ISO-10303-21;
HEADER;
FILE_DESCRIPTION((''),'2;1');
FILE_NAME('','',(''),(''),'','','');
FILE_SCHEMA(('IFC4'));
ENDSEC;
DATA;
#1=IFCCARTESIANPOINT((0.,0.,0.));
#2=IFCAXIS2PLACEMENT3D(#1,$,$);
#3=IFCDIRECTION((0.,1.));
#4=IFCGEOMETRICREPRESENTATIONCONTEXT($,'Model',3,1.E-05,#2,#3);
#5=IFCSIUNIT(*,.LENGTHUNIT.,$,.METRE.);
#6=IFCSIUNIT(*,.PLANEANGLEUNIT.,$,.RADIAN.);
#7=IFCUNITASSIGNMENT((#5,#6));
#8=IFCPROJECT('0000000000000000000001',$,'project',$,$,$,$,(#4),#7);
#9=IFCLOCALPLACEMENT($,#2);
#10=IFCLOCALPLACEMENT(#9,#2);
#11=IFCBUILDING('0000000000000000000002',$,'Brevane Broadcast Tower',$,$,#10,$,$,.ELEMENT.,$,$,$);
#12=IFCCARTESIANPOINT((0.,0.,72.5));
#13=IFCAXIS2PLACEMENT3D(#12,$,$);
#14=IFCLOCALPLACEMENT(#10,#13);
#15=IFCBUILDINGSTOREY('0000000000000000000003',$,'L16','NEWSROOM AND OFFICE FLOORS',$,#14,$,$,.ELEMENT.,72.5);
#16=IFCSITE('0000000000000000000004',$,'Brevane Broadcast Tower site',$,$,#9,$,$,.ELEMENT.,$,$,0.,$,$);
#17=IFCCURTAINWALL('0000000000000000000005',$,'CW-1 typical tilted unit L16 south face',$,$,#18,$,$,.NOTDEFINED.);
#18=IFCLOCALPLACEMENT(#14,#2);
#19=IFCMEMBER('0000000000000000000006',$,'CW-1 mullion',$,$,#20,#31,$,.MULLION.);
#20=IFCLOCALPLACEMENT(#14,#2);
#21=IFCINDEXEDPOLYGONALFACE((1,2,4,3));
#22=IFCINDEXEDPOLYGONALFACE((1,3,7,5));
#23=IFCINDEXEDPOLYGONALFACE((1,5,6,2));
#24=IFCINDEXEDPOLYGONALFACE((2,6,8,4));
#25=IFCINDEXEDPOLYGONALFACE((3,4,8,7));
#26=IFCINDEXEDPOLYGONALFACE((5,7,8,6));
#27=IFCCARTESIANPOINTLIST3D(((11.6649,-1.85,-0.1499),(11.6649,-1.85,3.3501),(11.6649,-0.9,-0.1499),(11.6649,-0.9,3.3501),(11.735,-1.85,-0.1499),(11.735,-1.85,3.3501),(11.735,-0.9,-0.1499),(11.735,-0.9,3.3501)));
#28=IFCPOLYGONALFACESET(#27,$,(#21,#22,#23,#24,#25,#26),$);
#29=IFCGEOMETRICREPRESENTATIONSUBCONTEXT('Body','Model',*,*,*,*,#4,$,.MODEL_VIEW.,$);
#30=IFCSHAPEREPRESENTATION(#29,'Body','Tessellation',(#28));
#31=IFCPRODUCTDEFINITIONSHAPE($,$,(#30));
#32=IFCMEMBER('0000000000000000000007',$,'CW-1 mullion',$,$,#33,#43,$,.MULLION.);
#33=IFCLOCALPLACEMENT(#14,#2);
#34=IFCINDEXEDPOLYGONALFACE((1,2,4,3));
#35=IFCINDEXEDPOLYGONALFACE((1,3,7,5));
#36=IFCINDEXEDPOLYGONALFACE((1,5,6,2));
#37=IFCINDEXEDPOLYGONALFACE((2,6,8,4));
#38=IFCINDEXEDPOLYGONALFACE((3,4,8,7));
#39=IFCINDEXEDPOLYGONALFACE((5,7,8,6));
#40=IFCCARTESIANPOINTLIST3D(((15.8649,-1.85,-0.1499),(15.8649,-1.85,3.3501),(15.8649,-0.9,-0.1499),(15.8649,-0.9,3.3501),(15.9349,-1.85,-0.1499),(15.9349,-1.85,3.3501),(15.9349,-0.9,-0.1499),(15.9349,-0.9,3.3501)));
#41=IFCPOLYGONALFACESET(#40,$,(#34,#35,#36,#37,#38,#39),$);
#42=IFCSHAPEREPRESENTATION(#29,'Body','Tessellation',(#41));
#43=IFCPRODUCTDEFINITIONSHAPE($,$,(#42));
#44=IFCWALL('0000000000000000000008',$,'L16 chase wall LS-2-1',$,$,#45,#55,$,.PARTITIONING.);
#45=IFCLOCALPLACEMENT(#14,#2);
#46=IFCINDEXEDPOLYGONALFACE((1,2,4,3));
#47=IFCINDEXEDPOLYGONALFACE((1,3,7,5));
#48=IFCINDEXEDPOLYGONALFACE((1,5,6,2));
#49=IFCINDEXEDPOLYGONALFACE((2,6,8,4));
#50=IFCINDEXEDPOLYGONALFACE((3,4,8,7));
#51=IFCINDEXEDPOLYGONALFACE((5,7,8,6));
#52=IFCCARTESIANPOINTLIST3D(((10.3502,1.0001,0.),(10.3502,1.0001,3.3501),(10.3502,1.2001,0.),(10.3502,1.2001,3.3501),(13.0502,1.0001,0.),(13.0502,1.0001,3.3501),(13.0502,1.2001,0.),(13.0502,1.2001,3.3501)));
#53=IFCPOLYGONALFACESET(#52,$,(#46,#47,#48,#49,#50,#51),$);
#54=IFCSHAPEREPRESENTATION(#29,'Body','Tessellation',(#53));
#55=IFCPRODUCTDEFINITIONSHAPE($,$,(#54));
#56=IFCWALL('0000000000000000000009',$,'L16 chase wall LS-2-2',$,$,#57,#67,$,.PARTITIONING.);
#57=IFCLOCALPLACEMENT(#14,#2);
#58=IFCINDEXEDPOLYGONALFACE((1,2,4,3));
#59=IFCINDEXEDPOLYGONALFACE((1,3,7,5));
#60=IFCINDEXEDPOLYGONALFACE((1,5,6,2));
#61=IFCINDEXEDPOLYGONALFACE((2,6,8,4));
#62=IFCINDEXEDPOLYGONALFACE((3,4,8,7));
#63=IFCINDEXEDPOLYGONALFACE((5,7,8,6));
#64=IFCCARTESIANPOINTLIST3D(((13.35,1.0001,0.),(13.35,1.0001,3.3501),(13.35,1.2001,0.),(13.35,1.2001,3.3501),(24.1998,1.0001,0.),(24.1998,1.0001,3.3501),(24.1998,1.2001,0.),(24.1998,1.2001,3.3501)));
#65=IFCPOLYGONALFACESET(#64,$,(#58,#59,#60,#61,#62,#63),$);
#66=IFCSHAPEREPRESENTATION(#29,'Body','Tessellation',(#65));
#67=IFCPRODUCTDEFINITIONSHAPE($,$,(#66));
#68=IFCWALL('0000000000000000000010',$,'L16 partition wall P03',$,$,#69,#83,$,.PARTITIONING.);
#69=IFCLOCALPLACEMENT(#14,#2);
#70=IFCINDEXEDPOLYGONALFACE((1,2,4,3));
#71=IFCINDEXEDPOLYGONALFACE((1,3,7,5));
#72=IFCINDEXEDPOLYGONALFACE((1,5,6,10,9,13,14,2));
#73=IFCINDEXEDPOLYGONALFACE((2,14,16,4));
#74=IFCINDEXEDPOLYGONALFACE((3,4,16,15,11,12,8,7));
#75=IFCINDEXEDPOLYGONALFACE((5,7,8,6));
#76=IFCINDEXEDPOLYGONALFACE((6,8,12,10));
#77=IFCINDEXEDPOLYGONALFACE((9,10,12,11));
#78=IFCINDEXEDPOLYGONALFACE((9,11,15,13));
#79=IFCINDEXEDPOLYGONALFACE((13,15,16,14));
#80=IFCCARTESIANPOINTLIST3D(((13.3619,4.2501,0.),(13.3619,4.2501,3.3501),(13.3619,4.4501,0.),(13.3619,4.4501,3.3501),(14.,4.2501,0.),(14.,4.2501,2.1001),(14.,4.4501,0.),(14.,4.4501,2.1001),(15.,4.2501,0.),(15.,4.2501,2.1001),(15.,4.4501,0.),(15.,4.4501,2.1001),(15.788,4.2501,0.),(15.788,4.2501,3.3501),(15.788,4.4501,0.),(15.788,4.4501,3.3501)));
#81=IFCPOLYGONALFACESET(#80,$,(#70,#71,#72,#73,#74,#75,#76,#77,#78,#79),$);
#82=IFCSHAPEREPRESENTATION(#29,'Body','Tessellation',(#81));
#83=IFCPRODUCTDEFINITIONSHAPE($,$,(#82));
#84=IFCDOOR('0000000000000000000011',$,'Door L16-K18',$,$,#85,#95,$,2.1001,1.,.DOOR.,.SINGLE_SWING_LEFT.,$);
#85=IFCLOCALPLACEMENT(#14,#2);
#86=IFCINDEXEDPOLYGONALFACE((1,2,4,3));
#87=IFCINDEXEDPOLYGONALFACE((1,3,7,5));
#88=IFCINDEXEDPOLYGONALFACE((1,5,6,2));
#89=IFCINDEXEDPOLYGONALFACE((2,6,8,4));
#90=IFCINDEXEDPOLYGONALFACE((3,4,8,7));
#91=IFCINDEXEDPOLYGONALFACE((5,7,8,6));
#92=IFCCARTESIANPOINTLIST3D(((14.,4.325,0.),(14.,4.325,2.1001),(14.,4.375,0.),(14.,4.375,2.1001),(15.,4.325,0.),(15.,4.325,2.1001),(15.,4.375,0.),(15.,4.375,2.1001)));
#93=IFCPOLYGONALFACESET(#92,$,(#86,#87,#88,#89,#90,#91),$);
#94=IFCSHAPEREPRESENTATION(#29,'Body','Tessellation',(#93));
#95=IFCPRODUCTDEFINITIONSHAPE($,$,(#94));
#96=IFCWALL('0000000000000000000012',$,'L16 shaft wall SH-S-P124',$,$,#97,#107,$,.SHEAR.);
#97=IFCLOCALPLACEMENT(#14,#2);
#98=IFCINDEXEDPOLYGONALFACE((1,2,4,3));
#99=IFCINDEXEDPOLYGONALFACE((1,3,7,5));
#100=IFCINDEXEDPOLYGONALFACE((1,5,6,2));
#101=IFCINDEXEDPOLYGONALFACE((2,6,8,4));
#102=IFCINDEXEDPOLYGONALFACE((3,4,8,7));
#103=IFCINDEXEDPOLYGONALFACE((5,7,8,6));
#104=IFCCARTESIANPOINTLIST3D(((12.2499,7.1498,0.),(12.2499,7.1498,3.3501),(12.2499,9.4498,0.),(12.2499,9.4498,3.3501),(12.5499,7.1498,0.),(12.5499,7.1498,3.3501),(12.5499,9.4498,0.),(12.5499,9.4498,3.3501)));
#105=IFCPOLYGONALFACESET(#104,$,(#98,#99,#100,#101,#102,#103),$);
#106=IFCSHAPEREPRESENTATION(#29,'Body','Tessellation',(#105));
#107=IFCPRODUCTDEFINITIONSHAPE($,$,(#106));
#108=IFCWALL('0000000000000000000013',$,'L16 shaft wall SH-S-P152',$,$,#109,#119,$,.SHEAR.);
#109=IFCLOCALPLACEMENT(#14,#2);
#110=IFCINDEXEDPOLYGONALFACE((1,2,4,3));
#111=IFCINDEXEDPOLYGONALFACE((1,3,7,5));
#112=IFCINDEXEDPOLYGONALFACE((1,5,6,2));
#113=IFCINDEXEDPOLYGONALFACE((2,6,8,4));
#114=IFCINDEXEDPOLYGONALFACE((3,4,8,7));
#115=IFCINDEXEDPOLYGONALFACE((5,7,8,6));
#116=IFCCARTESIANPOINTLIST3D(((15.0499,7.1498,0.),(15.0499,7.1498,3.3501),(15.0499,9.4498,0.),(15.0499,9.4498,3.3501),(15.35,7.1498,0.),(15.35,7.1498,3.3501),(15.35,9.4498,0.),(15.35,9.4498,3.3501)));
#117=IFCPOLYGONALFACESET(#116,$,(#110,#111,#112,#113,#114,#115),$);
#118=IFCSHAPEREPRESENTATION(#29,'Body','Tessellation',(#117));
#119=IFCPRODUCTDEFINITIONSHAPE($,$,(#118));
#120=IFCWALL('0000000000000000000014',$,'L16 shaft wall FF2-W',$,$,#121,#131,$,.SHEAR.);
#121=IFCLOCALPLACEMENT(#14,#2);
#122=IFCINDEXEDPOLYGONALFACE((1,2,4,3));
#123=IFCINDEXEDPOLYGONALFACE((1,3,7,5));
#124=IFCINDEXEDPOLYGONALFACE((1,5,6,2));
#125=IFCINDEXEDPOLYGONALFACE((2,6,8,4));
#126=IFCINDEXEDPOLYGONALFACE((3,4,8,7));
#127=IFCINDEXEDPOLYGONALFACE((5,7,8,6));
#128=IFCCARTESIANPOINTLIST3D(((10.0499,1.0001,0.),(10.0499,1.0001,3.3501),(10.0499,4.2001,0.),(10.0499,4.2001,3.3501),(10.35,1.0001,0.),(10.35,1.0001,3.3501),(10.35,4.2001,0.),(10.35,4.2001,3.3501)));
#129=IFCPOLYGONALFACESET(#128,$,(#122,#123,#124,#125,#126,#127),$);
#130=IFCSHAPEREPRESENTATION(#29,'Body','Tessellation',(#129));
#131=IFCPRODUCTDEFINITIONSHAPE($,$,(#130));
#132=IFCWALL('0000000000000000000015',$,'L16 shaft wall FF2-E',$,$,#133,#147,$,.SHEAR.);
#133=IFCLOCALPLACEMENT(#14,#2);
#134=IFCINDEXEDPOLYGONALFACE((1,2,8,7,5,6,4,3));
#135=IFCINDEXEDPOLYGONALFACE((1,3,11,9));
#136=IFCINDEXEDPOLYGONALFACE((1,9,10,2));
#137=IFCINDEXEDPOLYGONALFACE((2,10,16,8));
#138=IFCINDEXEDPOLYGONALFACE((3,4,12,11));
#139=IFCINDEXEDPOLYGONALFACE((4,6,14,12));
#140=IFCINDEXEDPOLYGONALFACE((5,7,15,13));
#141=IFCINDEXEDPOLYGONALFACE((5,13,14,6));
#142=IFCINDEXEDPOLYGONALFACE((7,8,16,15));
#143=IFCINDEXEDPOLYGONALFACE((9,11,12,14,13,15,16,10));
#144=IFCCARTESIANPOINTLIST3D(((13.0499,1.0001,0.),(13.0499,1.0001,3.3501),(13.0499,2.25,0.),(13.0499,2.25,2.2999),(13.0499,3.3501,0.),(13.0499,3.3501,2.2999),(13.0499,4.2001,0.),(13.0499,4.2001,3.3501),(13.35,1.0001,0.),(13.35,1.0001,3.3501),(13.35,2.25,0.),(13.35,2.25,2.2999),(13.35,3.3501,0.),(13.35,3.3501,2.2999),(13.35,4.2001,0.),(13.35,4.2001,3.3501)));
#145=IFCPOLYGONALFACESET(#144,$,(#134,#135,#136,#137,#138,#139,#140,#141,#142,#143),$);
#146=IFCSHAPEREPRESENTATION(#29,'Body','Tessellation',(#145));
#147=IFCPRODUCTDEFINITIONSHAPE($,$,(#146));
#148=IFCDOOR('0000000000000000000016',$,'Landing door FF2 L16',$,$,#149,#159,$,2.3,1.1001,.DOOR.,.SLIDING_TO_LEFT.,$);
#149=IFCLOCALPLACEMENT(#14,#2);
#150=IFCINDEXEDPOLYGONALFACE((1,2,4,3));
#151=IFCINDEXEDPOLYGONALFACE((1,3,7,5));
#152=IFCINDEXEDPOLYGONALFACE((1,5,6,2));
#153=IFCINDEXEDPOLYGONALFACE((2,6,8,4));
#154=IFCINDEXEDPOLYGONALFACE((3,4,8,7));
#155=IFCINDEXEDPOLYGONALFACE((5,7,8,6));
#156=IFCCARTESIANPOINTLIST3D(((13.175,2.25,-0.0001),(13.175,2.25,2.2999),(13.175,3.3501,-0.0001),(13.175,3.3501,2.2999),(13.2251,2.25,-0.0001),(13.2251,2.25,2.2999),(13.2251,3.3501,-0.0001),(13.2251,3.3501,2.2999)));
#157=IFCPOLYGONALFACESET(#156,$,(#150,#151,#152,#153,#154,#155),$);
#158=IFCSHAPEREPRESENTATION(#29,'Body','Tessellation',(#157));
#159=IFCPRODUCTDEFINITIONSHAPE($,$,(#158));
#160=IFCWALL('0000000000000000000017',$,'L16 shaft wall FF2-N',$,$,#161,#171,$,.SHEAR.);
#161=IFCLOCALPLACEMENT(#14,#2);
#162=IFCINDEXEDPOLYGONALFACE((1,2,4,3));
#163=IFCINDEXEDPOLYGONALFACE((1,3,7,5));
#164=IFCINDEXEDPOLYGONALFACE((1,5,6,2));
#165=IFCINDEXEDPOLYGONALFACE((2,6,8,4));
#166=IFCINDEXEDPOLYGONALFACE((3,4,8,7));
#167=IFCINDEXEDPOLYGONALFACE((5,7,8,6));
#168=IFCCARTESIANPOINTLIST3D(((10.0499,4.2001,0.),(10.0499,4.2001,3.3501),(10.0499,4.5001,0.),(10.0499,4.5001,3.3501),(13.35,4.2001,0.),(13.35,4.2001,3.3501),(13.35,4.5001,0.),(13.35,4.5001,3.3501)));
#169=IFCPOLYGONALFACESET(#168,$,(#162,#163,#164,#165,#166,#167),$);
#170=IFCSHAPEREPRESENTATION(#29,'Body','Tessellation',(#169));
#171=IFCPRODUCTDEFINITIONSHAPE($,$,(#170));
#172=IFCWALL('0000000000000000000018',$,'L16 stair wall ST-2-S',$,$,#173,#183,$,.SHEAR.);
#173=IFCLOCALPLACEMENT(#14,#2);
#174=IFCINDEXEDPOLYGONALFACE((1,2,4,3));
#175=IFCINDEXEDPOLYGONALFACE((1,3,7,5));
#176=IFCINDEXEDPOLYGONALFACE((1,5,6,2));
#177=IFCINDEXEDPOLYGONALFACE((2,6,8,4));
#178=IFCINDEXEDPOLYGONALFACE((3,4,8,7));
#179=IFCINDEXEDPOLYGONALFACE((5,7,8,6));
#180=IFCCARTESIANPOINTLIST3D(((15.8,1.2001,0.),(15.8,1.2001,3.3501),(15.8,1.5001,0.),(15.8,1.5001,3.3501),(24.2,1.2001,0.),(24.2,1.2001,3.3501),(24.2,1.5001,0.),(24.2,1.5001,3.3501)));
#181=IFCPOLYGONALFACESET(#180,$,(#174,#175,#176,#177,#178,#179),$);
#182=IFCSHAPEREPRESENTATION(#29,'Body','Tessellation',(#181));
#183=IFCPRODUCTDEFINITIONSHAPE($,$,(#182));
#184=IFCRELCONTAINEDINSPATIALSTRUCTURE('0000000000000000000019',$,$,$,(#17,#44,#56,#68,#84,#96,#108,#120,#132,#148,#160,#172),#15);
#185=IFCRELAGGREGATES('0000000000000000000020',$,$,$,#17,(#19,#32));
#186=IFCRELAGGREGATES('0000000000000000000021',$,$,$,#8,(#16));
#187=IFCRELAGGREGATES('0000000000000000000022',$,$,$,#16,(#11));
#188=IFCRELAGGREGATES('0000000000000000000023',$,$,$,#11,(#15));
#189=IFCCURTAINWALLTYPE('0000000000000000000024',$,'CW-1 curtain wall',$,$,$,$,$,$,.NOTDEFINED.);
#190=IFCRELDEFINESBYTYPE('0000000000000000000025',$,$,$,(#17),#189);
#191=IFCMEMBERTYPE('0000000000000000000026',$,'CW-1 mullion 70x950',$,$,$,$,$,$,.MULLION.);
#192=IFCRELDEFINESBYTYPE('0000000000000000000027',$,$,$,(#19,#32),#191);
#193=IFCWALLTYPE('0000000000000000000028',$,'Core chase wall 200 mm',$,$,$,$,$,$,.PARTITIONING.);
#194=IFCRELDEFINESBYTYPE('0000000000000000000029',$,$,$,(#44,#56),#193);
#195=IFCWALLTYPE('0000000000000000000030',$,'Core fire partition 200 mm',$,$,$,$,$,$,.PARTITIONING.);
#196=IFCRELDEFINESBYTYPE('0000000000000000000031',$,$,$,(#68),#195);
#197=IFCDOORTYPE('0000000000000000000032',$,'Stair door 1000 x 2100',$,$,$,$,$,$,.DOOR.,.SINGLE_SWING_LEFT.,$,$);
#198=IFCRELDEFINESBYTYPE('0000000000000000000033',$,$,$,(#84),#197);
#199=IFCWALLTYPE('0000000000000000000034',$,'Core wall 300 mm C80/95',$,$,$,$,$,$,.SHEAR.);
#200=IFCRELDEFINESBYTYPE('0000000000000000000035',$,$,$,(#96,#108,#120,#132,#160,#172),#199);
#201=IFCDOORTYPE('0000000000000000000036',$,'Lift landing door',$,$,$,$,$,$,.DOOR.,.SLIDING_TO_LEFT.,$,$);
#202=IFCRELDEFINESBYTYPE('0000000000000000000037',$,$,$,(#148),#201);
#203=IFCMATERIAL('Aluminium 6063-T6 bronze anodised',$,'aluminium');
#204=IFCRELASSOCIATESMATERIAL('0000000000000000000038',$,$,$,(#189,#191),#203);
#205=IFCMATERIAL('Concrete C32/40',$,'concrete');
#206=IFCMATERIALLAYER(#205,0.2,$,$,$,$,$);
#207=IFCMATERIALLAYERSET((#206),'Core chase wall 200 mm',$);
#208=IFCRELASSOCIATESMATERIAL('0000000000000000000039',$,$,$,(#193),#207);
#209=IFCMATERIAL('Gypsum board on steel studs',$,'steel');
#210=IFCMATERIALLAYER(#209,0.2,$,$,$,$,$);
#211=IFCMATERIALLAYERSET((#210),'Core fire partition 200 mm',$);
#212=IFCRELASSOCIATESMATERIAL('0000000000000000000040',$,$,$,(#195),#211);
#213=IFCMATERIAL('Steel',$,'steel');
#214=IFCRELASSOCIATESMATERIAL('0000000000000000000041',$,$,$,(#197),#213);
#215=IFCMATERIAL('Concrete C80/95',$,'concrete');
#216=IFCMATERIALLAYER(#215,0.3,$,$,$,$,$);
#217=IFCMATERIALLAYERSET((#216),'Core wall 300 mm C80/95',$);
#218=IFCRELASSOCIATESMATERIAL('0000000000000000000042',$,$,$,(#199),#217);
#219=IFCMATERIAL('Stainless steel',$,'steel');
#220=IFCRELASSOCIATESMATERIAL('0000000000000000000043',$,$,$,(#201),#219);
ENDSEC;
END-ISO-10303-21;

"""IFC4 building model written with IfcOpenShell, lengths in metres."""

from ifc_helpers import new_model, si_unit, direction, frame, frame_2d, origin, origin_2d, place, context, subcontext, project, spatial, rectangle, extrude, material, layer, layer_set, material_profile, profile_set, type_object, element, fill, aggregate, save


model = new_model("IFC4")

# Units and contexts
model_context = context("Model", 3, precision=1e-05, world=origin(), true_north=direction((0.0, 1.0)))
body_context = subcontext(model_context, "Body", "Model", "MODEL_VIEW")
ifc_project = project(units=[si_unit("LENGTHUNIT", "METRE"), si_unit("PLANEANGLEUNIT", "RADIAN")], contexts=[model_context])

# Site, building, storey
site_placement = place(None, origin())
site = spatial("IfcSite", under=ifc_project, at=site_placement, Name="Brevane Broadcast Tower site", CompositionType="ELEMENT", RefElevation=0.0)
building_placement = place(site_placement, origin())
building = spatial("IfcBuilding", under=site, at=building_placement, Name="Brevane Broadcast Tower", CompositionType="ELEMENT")
storey_placement = place(building_placement, frame((0.0, 0.0, 72.5)))
storey = spatial("IfcBuildingStorey", under=building, at=storey_placement, Name="L16", Description="NEWSROOM AND OFFICE FLOORS", CompositionType="ELEMENT", Elevation=72.5)

# Curtain wall, members
ifc_material_1 = material(Name="Aluminium 6063-T6 bronze anodised", Category="aluminium")
curtain_wall_type = type_object("IfcCurtainWallType", Name="CW-1 curtain wall", PredefinedType="NOTDEFINED", material=ifc_material_1)
curtain_wall_placement = place(storey_placement, origin())
curtain_wall = element("IfcCurtainWall", 1, at=curtain_wall_placement, inside=storey, type_object=curtain_wall_type, Name="CW-1 typical tilted unit L16 south face", PredefinedType="NOTDEFINED")
ifc_material_profile = material_profile(ifc_material_1, rectangle(XDim=0.95, YDim=0.0701, at=origin_2d()), Name="RECT 70x950")
ifc_profile_set = profile_set([ifc_material_profile], Name="Aluminium 6063-T6 bronze anodised")
member_type = type_object("IfcMemberType", Name="CW-1 mullion 70x950", PredefinedType="MULLION", material=ifc_profile_set)
member_1_placement = place(storey_placement, frame((11.7, -1.375, -0.1499), z_axis=(0.0, 0.0, 1.0), x_axis=(0.0, 1.0, 0.0)))
member_1 = element("IfcMember", 2, at=member_1_placement, type_object=member_type, Name="CW-1 mullion", PredefinedType="MULLION", context=body_context, shape_type="SweptSolid", body=[
    extrude(rectangle(XDim=0.95, YDim=0.0701, at=origin_2d()), origin(), (0.0, 0.0, 1.0), 3.5),
])
member_2_placement = place(storey_placement, frame((15.8999, -1.375, -0.1499), z_axis=(0.0, 0.0, 1.0), x_axis=(0.0, 1.0, 0.0)))
member_2 = element("IfcMember", 3, at=member_2_placement, type_object=member_type, Name="CW-1 mullion", PredefinedType="MULLION", context=body_context, shape_type="SweptSolid", body=[
    extrude(rectangle(XDim=0.95, YDim=0.0701, at=origin_2d()), origin(), (0.0, 0.0, 1.0), 3.5),
])
aggregate(curtain_wall, [member_1, member_2])

# Walls
ifc_material_2 = material(Name="Concrete C32/40", Category="concrete")
ifc_layer_1 = layer(ifc_material_2, 0.2)
ifc_layer_set_1 = layer_set([ifc_layer_1], Name="Core chase wall 200 mm")
wall_type_1 = type_object("IfcWallType", Name="Core chase wall 200 mm", PredefinedType="PARTITIONING", material=ifc_layer_set_1)
wall_1_placement = place(storey_placement, frame((10.3501, 1.1001, 0.0), z_axis=(0.0, 0.0, 1.0), x_axis=(1.0, 0.0, 0.0)))
element("IfcWall", 4, at=wall_1_placement, inside=storey, type_object=wall_type_1, Name="L16 chase wall LS-2-1", PredefinedType="PARTITIONING", context=body_context, shape_type="SweptSolid", body=[
    extrude(rectangle(XDim=2.7, YDim=0.2, at=frame_2d((1.3501, 0.0))), origin(), (0.0, 0.0, 1.0), 3.3501),
])
wall_2_placement = place(storey_placement, frame((13.3501, 1.1001, 0.0), z_axis=(0.0, 0.0, 1.0), x_axis=(1.0, 0.0, 0.0)))
element("IfcWall", 5, at=wall_2_placement, inside=storey, type_object=wall_type_1, Name="L16 chase wall LS-2-2", PredefinedType="PARTITIONING", context=body_context, shape_type="SweptSolid", body=[
    extrude(rectangle(XDim=10.8499, YDim=0.2, at=frame_2d((5.4248, 0.0))), origin(), (0.0, 0.0, 1.0), 3.3501),
])

# Wall, opening, door
ifc_material_3 = material(Name="Gypsum board on steel studs", Category="steel")
ifc_layer_2 = layer(ifc_material_3, 0.2)
ifc_layer_set_2 = layer_set([ifc_layer_2], Name="Core fire partition 200 mm")
wall_type_2 = type_object("IfcWallType", Name="Core fire partition 200 mm", PredefinedType="PARTITIONING", material=ifc_layer_set_2)
wall_3_placement = place(storey_placement, frame((13.3621, 4.3501, 0.0), z_axis=(0.0, 0.0, 1.0), x_axis=(1.0, 0.0, 0.0)))
wall_3 = element("IfcWall", 6, at=wall_3_placement, inside=storey, type_object=wall_type_2, Name="L16 partition wall P03", PredefinedType="PARTITIONING", context=body_context, shape_type="SweptSolid", body=[
    extrude(rectangle(XDim=2.426, YDim=0.2, at=frame_2d((1.2129, 0.0))), origin(), (0.0, 0.0, 1.0), 3.3501),
])
opening_1_placement = place(wall_3_placement, frame((0.6379, 0.0, 0.0)))
opening_1 = element("IfcOpeningElement", 7, at=opening_1_placement, cuts=wall_3, PredefinedType="OPENING", context=body_context, shape_type="SweptSolid", body=[
    extrude(rectangle(XDim=1.0, YDim=2.1001, at=frame_2d((0.5, 1.05))), frame((0.0, 0.1099, 0.0), z_axis=(0.0, -1.0, 0.0), x_axis=(1.0, 0.0, 0.0)), (0.0, 0.0, 1.0), 0.22),
])
ifc_material_4 = material(Name="Steel", Category="steel")
door_type_1 = type_object("IfcDoorType", Name="Stair door 1000 x 2100", OperationType="SINGLE_SWING_LEFT", PredefinedType="DOOR", material=ifc_material_4)
door_1_placement = place(opening_1_placement, origin())
door_1 = element("IfcDoor", 8, at=door_1_placement, inside=storey, type_object=door_type_1, Name="Door L16-K18", OperationType="SINGLE_SWING_LEFT", OverallHeight=2.1001, OverallWidth=1.0, PredefinedType="DOOR", context=body_context, shape_type="SweptSolid", body=[
    extrude(rectangle(XDim=1.0, YDim=2.1001, at=frame_2d((0.5, 1.05))), frame((0.0, 0.0249, 0.0), z_axis=(0.0, -1.0, 0.0), x_axis=(1.0, 0.0, 0.0)), (0.0, 0.0, 1.0), 0.05),
])
fill(opening_1, door_1)

# Walls
ifc_material_5 = material(Name="Concrete C80/95", Category="concrete")
ifc_layer_3 = layer(ifc_material_5, 0.3)
ifc_layer_set_3 = layer_set([ifc_layer_3], Name="Core wall 300 mm C80/95")
wall_type_3 = type_object("IfcWallType", Name="Core wall 300 mm C80/95", PredefinedType="SHEAR", material=ifc_layer_set_3)
for number, where, z_axis, x_axis, name in (
    (9, (12.3999, 7.1499, 0.0), (0.0, 0.0, 1.0), (0.0, 1.0, 0.0), "L16 shaft wall SH-S-P124"),
    (10, (15.2, 7.1499, 0.0), (0.0, 0.0, 1.0), (0.0, 1.0, 0.0), "L16 shaft wall SH-S-P152"),
):
    element("IfcWall", number, at=place(storey_placement, frame(where, z_axis=z_axis, x_axis=x_axis)), inside=storey, type_object=wall_type_3, Name=name, PredefinedType="SHEAR", context=body_context, shape_type="SweptSolid", body=[
        extrude(rectangle(XDim=2.3, YDim=0.3, at=frame_2d((1.1499, 0.0))), origin(), (0.0, 0.0, 1.0), 3.3501),
    ])
wall_4_placement = place(storey_placement, frame((10.2, 1.0, 0.0), z_axis=(0.0, 0.0, 1.0), x_axis=(0.0, 1.0, 0.0)))
element("IfcWall", 11, at=wall_4_placement, inside=storey, type_object=wall_type_3, Name="L16 shaft wall FF2-W", PredefinedType="SHEAR", context=body_context, shape_type="SweptSolid", body=[
    extrude(rectangle(XDim=3.2, YDim=0.3, at=frame_2d((1.6001, 0.0))), origin(), (0.0, 0.0, 1.0), 3.3501),
])

# Wall, opening, door
wall_5_placement = place(storey_placement, frame((13.2, 1.0, 0.0), z_axis=(0.0, 0.0, 1.0), x_axis=(0.0, 1.0, 0.0)))
wall_5 = element("IfcWall", 12, at=wall_5_placement, inside=storey, type_object=wall_type_3, Name="L16 shaft wall FF2-E", PredefinedType="SHEAR", context=body_context, shape_type="SweptSolid", body=[
    extrude(rectangle(XDim=3.2, YDim=0.3, at=frame_2d((1.6001, 0.0))), origin(), (0.0, 0.0, 1.0), 3.3501),
])
opening_2_placement = place(wall_5_placement, frame((1.25, 0.0, 0.0)))
opening_2 = element("IfcOpeningElement", 13, at=opening_2_placement, cuts=wall_5, PredefinedType="OPENING", context=body_context, shape_type="SweptSolid", body=[
    extrude(rectangle(XDim=1.1001, YDim=2.3, at=frame_2d((0.55, 1.1499))), frame((0.0, 0.1599, 0.0), z_axis=(0.0, -1.0, 0.0), x_axis=(1.0, 0.0, 0.0)), (0.0, 0.0, 1.0), 0.3201),
])
ifc_material_6 = material(Name="Stainless steel", Category="steel")
door_type_2 = type_object("IfcDoorType", Name="Lift landing door", OperationType="SLIDING_TO_LEFT", PredefinedType="DOOR", material=ifc_material_6)
door_2_placement = place(opening_2_placement, origin())
door_2 = element("IfcDoor", 14, at=door_2_placement, inside=storey, type_object=door_type_2, Name="Landing door FF2 L16", OperationType="SLIDING_TO_LEFT", OverallHeight=2.3, OverallWidth=1.1001, PredefinedType="DOOR", context=body_context, shape_type="SweptSolid", body=[
    extrude(rectangle(XDim=1.1001, YDim=2.3, at=frame_2d((0.55, 1.1499))), frame((0.0, 0.0249, 0.0), z_axis=(0.0, -1.0, 0.0), x_axis=(1.0, 0.0, 0.0)), (0.0, 0.0, 1.0), 0.05),
])
fill(opening_2, door_2)

# Walls
wall_6_placement = place(storey_placement, frame((10.05, 4.3501, 0.0), z_axis=(0.0, 0.0, 1.0), x_axis=(1.0, 0.0, 0.0)))
element("IfcWall", 15, at=wall_6_placement, inside=storey, type_object=wall_type_3, Name="L16 shaft wall FF2-N", PredefinedType="SHEAR", context=body_context, shape_type="SweptSolid", body=[
    extrude(rectangle(XDim=3.3, YDim=0.3, at=frame_2d((1.6499, 0.0))), origin(), (0.0, 0.0, 1.0), 3.3501),
])
wall_7_placement = place(storey_placement, frame((15.8, 1.3501, 0.0), z_axis=(0.0, 0.0, 1.0), x_axis=(1.0, 0.0, 0.0)))
element("IfcWall", 16, at=wall_7_placement, inside=storey, type_object=wall_type_3, Name="L16 stair wall ST-2-S", PredefinedType="SHEAR", context=body_context, shape_type="SweptSolid", body=[
    extrude(rectangle(XDim=8.3999, YDim=0.3, at=frame_2d((4.2, 0.0))), origin(), (0.0, 0.0, 1.0), 3.3501),
])

save(model, "model.ifc")
